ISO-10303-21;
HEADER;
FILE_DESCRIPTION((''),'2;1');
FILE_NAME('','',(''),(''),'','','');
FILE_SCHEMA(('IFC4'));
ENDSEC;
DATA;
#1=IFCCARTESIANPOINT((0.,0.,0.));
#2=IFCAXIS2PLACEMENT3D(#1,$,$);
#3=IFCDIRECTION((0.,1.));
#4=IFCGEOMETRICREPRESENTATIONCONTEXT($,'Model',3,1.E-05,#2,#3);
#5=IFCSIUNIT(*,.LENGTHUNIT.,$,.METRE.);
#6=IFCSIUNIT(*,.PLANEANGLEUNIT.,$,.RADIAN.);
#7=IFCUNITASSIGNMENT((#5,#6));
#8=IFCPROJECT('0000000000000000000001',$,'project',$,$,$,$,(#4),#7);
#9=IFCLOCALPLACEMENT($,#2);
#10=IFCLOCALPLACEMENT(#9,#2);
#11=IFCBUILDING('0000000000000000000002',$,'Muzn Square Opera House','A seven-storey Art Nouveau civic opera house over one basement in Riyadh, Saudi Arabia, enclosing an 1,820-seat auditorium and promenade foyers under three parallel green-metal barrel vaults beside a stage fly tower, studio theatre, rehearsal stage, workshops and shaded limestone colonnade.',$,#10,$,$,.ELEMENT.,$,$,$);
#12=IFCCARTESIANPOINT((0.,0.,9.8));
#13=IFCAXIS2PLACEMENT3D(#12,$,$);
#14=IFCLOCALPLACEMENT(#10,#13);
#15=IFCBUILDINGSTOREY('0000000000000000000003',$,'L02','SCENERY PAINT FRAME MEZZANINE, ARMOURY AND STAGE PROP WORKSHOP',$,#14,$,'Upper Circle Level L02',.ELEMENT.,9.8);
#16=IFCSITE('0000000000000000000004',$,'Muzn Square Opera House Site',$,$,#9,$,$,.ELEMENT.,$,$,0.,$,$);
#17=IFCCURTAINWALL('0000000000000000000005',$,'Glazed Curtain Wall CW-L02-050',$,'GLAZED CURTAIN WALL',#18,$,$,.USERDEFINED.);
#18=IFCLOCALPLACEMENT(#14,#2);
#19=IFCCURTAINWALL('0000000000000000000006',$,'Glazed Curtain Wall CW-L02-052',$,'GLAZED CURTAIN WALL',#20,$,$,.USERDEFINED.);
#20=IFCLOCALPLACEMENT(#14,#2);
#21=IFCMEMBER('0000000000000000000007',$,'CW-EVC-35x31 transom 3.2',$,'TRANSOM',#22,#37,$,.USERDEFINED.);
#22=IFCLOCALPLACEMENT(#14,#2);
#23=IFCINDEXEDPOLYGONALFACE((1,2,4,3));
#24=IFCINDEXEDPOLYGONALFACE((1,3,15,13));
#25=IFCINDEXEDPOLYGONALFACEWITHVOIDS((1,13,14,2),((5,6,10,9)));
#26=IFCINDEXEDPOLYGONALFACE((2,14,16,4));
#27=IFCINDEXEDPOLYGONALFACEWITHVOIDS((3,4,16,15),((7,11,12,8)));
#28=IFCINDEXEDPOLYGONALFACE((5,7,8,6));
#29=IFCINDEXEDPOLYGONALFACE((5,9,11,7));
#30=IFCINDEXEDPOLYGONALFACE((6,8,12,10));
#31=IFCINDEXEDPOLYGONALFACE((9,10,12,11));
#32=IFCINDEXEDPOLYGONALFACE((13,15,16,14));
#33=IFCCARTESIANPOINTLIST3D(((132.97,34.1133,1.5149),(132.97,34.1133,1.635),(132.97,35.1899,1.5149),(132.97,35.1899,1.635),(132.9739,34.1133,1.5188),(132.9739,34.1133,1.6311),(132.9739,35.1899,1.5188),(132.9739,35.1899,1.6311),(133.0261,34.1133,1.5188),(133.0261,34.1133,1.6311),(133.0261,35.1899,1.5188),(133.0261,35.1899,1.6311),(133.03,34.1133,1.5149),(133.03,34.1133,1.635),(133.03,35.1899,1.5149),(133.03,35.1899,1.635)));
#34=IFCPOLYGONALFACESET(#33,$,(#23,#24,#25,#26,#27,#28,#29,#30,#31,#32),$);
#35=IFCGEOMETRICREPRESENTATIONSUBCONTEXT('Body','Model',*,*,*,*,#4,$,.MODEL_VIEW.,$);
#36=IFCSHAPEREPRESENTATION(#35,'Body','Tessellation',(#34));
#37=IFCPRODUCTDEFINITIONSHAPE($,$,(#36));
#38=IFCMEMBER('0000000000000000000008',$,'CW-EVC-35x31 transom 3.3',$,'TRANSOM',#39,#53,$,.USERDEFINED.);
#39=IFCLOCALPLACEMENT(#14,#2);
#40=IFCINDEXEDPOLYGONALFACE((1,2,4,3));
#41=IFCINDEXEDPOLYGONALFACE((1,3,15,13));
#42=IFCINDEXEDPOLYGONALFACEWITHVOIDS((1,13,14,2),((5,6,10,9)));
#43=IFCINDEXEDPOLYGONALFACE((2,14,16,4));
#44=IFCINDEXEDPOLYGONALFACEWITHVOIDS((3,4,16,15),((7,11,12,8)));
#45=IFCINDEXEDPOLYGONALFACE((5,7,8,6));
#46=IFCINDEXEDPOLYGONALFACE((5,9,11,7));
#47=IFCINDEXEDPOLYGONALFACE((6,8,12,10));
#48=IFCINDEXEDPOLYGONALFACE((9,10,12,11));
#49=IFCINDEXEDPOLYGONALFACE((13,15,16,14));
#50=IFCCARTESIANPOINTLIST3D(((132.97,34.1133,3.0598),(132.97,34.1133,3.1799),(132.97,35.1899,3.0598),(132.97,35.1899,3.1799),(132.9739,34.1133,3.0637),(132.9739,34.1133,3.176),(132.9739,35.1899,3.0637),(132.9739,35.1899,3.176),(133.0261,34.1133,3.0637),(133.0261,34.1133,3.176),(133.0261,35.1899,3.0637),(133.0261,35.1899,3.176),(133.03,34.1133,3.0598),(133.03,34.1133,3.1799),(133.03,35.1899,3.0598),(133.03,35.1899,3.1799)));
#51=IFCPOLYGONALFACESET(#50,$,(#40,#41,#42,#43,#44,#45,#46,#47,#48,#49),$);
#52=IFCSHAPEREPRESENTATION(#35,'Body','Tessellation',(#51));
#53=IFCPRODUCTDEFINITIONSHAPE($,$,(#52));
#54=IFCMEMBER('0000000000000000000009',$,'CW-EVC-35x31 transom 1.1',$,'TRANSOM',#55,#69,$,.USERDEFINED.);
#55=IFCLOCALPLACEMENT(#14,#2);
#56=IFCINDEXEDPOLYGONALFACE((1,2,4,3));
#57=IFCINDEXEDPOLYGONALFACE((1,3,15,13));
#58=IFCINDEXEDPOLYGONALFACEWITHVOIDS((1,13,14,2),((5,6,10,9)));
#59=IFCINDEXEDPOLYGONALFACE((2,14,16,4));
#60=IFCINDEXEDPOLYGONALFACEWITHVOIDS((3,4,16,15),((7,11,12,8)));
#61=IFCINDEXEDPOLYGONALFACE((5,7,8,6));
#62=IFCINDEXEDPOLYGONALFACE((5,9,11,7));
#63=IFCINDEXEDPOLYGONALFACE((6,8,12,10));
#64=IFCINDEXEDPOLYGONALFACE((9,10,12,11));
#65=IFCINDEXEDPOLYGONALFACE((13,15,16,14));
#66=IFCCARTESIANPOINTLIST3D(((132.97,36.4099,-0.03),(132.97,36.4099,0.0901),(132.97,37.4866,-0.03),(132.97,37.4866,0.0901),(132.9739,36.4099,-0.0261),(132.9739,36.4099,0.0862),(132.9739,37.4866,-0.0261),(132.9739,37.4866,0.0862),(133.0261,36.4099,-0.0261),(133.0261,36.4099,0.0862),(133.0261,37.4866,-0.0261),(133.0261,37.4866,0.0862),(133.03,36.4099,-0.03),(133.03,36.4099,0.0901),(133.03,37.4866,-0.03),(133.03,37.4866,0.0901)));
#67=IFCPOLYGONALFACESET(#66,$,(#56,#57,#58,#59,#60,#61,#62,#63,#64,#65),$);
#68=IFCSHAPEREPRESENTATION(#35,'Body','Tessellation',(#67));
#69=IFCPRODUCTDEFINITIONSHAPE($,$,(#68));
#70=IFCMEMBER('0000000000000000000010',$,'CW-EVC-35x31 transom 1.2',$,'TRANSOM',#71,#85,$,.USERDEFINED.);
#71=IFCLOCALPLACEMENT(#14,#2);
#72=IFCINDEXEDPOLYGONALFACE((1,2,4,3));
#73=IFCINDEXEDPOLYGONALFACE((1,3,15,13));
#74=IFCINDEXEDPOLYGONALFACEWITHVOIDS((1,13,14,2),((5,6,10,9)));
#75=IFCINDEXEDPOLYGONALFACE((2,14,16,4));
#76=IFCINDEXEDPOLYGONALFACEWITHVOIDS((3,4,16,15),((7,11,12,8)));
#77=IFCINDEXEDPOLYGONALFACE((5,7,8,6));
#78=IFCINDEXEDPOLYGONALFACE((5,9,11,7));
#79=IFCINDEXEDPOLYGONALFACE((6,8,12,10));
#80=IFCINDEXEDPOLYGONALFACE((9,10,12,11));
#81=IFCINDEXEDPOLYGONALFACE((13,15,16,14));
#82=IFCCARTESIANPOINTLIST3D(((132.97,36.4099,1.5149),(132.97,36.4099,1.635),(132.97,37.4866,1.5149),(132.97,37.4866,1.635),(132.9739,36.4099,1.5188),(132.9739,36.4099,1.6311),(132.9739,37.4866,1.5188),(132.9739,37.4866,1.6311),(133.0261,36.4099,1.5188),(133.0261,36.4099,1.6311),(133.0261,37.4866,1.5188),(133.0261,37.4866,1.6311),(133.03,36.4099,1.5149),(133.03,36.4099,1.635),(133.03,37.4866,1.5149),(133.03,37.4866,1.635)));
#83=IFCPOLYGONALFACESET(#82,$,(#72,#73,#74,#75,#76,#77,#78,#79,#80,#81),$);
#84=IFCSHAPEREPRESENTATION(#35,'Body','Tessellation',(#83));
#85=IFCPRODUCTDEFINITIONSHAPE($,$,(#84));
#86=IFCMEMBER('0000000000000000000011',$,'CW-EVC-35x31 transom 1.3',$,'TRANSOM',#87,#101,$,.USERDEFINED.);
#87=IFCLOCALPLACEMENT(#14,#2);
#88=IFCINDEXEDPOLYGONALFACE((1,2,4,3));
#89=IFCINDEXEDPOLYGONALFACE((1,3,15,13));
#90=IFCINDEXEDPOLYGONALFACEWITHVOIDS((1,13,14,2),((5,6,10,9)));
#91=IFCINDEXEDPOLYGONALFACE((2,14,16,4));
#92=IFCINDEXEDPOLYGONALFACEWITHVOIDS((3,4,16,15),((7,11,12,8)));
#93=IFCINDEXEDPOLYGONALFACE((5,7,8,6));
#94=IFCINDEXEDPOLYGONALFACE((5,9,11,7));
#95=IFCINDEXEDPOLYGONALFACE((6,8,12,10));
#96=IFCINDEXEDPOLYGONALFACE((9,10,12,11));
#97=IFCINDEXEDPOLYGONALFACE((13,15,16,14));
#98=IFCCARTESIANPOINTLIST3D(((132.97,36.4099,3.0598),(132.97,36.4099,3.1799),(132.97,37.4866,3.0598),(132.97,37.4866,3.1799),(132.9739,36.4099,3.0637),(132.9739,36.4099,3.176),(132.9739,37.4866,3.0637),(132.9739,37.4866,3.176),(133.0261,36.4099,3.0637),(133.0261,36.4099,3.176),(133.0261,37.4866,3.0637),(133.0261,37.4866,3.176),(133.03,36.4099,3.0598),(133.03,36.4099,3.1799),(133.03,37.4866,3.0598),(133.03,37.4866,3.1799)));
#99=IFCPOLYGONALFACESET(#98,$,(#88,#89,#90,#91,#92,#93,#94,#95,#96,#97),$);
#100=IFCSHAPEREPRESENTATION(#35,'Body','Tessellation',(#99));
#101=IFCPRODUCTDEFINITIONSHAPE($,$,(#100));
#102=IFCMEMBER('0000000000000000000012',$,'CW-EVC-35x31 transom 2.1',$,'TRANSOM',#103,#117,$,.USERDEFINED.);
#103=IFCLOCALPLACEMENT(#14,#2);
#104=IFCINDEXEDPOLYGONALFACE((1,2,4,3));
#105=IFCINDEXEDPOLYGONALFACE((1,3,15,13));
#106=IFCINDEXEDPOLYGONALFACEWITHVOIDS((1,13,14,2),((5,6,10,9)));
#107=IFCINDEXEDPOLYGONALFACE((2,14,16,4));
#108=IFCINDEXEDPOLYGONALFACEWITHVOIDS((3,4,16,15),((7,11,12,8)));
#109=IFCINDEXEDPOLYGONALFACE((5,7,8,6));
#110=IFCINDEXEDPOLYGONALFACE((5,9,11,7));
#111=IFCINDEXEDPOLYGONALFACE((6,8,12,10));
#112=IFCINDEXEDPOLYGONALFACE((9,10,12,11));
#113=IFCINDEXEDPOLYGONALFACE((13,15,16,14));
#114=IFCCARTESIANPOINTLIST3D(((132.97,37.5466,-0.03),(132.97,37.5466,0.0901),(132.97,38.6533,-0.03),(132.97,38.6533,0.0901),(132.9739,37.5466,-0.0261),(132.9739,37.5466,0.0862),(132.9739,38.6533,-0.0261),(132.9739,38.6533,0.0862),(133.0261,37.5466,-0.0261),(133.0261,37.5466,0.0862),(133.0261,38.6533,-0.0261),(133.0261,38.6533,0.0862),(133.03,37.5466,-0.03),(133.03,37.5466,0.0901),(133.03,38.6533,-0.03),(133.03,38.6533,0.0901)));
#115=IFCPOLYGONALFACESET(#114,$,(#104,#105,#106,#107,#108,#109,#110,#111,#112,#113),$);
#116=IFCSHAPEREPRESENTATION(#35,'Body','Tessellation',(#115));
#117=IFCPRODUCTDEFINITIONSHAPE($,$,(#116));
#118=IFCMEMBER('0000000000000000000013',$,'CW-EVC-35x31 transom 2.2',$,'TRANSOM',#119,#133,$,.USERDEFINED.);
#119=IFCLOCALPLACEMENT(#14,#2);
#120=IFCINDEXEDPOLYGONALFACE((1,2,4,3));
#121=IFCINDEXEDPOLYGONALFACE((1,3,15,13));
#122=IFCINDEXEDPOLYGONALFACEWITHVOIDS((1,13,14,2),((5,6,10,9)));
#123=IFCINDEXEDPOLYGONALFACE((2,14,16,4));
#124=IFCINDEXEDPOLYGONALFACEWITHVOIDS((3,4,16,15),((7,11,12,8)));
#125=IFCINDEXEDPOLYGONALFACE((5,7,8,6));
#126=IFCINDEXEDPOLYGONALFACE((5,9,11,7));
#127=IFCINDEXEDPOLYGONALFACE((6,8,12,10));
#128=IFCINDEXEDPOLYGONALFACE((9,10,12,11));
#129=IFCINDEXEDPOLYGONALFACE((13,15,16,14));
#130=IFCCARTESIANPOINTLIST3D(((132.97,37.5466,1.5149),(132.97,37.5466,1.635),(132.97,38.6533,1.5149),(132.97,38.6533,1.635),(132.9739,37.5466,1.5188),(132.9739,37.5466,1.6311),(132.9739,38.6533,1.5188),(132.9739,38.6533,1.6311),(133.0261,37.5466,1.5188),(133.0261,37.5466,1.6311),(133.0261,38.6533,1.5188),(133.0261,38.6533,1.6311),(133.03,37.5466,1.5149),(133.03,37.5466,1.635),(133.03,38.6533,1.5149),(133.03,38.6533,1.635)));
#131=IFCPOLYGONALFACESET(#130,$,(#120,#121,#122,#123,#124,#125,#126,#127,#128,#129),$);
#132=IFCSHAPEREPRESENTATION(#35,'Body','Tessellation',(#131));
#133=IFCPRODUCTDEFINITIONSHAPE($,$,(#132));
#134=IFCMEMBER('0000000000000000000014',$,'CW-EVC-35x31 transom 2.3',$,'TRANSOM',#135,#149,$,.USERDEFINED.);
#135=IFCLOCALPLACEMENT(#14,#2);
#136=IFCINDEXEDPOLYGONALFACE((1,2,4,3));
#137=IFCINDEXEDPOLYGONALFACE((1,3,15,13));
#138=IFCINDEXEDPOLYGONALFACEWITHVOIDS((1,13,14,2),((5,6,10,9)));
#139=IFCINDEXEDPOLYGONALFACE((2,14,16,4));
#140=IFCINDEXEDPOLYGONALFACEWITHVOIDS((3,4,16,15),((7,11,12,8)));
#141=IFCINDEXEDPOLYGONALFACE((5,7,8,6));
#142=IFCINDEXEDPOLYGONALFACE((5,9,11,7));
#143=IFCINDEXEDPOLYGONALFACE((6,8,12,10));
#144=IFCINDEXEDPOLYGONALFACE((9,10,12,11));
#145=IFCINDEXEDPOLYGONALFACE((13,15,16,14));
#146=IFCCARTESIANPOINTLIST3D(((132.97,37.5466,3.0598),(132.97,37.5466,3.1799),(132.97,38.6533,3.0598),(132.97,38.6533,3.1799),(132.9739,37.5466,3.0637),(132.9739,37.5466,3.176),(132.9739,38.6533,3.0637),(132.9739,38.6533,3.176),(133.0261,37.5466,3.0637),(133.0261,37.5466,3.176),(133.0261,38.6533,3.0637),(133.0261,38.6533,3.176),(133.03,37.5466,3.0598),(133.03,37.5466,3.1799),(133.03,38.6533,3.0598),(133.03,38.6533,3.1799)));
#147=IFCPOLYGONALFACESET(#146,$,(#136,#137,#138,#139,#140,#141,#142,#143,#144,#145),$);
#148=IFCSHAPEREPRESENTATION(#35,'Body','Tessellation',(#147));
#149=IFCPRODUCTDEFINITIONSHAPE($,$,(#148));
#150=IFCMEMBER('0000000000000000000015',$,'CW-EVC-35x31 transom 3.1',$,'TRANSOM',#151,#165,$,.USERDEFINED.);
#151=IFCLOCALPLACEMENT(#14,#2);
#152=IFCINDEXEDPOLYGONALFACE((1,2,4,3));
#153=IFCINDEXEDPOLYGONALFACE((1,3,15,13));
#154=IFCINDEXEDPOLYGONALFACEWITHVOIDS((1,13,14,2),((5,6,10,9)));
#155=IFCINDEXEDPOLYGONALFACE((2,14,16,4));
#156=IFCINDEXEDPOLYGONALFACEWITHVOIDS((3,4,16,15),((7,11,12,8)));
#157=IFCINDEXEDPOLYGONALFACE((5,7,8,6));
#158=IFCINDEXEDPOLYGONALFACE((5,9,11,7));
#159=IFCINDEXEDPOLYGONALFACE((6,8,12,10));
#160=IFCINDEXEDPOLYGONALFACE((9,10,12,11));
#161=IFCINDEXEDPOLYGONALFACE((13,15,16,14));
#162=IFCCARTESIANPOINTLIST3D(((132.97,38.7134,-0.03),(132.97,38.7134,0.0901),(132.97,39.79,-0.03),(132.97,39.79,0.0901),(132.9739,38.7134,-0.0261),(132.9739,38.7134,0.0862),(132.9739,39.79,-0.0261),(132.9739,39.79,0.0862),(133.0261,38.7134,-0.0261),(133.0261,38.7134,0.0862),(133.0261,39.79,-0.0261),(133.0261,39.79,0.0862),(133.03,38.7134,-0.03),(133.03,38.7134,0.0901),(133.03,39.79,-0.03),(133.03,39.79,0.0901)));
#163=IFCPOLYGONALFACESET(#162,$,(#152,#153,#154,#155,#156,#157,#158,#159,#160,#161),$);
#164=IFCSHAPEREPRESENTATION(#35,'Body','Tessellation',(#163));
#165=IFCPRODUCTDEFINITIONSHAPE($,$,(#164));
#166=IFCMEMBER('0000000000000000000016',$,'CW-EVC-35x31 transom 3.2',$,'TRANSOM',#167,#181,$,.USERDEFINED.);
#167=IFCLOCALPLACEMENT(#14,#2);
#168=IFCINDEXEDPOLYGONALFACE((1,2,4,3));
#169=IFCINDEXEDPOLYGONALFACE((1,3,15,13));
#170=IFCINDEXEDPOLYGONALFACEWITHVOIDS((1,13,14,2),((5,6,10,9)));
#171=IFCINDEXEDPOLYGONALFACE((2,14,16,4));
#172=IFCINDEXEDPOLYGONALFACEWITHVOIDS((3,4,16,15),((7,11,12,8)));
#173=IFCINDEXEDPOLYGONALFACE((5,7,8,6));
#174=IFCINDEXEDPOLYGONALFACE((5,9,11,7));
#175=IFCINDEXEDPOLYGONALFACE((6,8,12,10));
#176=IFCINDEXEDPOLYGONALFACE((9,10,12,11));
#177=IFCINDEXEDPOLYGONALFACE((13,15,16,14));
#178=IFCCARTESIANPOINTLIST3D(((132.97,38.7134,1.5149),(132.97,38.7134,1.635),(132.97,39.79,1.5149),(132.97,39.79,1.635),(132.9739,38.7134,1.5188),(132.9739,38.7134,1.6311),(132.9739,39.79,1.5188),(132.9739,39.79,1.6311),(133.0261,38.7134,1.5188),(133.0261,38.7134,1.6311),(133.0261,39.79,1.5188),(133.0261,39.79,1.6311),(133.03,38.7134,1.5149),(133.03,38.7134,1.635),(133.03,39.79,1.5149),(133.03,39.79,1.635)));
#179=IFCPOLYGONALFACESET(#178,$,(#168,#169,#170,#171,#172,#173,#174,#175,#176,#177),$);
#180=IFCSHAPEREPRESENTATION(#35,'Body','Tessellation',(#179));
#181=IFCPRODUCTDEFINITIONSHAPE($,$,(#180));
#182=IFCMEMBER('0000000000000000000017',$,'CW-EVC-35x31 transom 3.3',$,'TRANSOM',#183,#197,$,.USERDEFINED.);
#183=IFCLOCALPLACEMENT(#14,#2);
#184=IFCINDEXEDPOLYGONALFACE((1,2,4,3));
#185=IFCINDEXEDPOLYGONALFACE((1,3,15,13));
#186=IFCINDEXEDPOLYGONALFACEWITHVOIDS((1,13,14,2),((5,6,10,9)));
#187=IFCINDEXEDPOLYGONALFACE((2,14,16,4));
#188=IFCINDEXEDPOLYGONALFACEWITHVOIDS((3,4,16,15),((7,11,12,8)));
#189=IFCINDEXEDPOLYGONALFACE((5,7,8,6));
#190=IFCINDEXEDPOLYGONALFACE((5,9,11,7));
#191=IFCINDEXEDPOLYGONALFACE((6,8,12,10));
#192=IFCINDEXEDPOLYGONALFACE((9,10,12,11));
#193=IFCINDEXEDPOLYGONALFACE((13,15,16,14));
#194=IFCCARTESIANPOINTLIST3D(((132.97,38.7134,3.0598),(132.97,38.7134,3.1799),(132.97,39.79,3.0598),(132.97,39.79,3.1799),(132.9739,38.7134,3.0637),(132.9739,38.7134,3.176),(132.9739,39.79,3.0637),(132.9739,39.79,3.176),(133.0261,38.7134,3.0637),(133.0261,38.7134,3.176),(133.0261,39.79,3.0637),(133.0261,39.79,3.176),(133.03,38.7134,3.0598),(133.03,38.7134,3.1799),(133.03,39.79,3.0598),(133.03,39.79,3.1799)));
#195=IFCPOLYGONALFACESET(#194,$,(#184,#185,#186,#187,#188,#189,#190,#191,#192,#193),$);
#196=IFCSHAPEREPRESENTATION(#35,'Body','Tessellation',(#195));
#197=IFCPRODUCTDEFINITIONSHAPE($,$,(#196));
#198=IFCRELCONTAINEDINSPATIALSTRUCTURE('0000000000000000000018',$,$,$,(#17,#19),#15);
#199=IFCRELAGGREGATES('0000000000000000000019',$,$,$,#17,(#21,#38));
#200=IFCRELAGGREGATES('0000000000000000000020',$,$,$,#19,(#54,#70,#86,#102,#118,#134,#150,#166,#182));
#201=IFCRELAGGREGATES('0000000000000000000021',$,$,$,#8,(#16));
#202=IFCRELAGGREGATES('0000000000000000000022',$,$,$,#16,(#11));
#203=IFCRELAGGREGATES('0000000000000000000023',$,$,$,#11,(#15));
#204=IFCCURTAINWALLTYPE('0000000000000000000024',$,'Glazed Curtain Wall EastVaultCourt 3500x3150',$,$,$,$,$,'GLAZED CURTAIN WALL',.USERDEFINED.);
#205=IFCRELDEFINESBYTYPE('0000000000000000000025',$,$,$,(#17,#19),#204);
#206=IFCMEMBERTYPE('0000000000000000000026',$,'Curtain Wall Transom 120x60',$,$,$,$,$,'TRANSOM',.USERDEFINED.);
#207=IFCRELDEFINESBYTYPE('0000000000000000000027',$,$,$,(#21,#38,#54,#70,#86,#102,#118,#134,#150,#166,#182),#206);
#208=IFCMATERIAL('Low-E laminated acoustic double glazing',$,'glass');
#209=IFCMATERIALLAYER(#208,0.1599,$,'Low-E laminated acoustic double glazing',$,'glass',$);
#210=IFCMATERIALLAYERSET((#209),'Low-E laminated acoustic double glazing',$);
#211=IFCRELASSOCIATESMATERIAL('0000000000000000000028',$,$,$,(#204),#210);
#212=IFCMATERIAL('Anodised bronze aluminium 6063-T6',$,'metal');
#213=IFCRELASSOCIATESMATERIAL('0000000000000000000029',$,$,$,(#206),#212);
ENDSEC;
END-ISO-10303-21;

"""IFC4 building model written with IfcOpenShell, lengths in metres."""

from ifc_helpers import new_model, si_unit, direction, frame, origin, origin_2d, place, context, subcontext, project, spatial, hollow_rectangle, extrude, material, layer, layer_set, material_profile, profile_set, type_object, element, aggregate, save


model = new_model("IFC4")

# Units and contexts
model_context = context("Model", 3, precision=1e-05, world=origin(), true_north=direction((0.0, 1.0)))
body_context = subcontext(model_context, "Body", "Model", "MODEL_VIEW")
ifc_project = project(units=[si_unit("LENGTHUNIT", "METRE"), si_unit("PLANEANGLEUNIT", "RADIAN")], contexts=[model_context])

# Site, building, storey
site_placement = place(None, origin())
site = spatial("IfcSite", under=ifc_project, at=site_placement, Name="Muzn Square Opera House Site", CompositionType="ELEMENT", RefElevation=0.0)
building_placement = place(site_placement, origin())
building = spatial("IfcBuilding", under=site, at=building_placement, Name="Muzn Square Opera House", Description="A seven-storey Art Nouveau civic opera house over one basement in Riyadh, Saudi Arabia, enclosing an 1,820-seat auditorium and promenade foyers under three parallel green-metal barrel vaults beside a stage fly tower, studio theatre, rehearsal stage, workshops and shaded limestone colonnade.", CompositionType="ELEMENT")
storey_placement = place(building_placement, frame((0.0, 0.0, 9.8)))
storey = spatial("IfcBuildingStorey", under=building, at=storey_placement, Name="L02", Description="SCENERY PAINT FRAME MEZZANINE, ARMOURY AND STAGE PROP WORKSHOP", LongName="Upper Circle Level L02", CompositionType="ELEMENT", Elevation=9.8)

# Curtain walls
ifc_material_1 = material(Name="Low-E laminated acoustic double glazing", Category="glass")
ifc_layer_1 = layer(ifc_material_1, 0.1599, Name="Low-E laminated acoustic double glazing", Category="glass")
ifc_layer_set_1 = layer_set([ifc_layer_1], Name="Low-E laminated acoustic double glazing")
curtain_wall_type = type_object("IfcCurtainWallType", Name="Glazed Curtain Wall EastVaultCourt 3500x3150", ElementType="GLAZED CURTAIN WALL", PredefinedType="USERDEFINED", material=ifc_layer_set_1)
curtain_wall_1_placement = place(storey_placement, origin())
curtain_wall_1 = element("IfcCurtainWall", 1, at=curtain_wall_1_placement, inside=storey, type_object=curtain_wall_type, Name="Glazed Curtain Wall CW-L02-050", ObjectType="GLAZED CURTAIN WALL", PredefinedType="USERDEFINED")
ifc_material_2 = material(Name="Anodised bronze aluminium 6063-T6", Category="metal")
curtain_wall_2_placement = place(storey_placement, origin())
curtain_wall_2 = element("IfcCurtainWall", 2, at=curtain_wall_2_placement, inside=storey, type_object=curtain_wall_type, Name="Glazed Curtain Wall CW-L02-052", ObjectType="GLAZED CURTAIN WALL", PredefinedType="USERDEFINED")

# Members
ifc_material_profile_1 = material_profile(ifc_material_2, hollow_rectangle(XDim=0.0601, YDim=0.1201, WallThickness=0.0039, at=origin_2d()), Name="ALU 120x60x4", Category="metal")
ifc_profile_set_1 = profile_set([ifc_material_profile_1], Name="Anodised bronze aluminium 6063-T6")
member_type_1 = type_object("IfcMemberType", Name="Curtain Wall Transom 120x60", ElementType="TRANSOM", PredefinedType="USERDEFINED", material=ifc_profile_set_1)
member_1_placement = place(storey_placement, frame((133.0, 34.1133, 1.575), z_axis=(0.0, 1.0, 0.0), x_axis=(-1.0, 0.0, 0.0)))
member_1 = element("IfcMember", 3, at=member_1_placement, type_object=member_type_1, Name="CW-EVC-35x31 transom 3.2", ObjectType="TRANSOM", PredefinedType="USERDEFINED", context=body_context, shape_type="SweptSolid", body=[
    extrude(hollow_rectangle(XDim=0.0601, YDim=0.1201, WallThickness=0.0039, at=origin_2d()), origin(), (0.0, 0.0, 1.0), 1.0767),
])
member_2_placement = place(storey_placement, frame((133.0, 34.1133, 3.1199), z_axis=(0.0, 1.0, 0.0), x_axis=(-1.0, 0.0, 0.0)))
member_2 = element("IfcMember", 4, at=member_2_placement, type_object=member_type_1, Name="CW-EVC-35x31 transom 3.3", ObjectType="TRANSOM", PredefinedType="USERDEFINED", context=body_context, shape_type="SweptSolid", body=[
    extrude(hollow_rectangle(XDim=0.0601, YDim=0.1201, WallThickness=0.0039, at=origin_2d()), origin(), (0.0, 0.0, 1.0), 1.0767),
])
member_3_placement = place(storey_placement, frame((133.0, 36.4099, 0.03), z_axis=(0.0, 1.0, 0.0), x_axis=(-1.0, 0.0, 0.0)))
member_3 = element("IfcMember", 5, at=member_3_placement, type_object=member_type_1, Name="CW-EVC-35x31 transom 1.1", ObjectType="TRANSOM", PredefinedType="USERDEFINED", context=body_context, shape_type="SweptSolid", body=[
    extrude(hollow_rectangle(XDim=0.0601, YDim=0.1201, WallThickness=0.0039, at=origin_2d()), origin(), (0.0, 0.0, 1.0), 1.0767),
])
member_4_placement = place(storey_placement, frame((133.0, 36.4099, 1.575), z_axis=(0.0, 1.0, 0.0), x_axis=(-1.0, 0.0, 0.0)))
member_4 = element("IfcMember", 6, at=member_4_placement, type_object=member_type_1, Name="CW-EVC-35x31 transom 1.2", ObjectType="TRANSOM", PredefinedType="USERDEFINED", context=body_context, shape_type="SweptSolid", body=[
    extrude(hollow_rectangle(XDim=0.0601, YDim=0.1201, WallThickness=0.0039, at=origin_2d()), origin(), (0.0, 0.0, 1.0), 1.0767),
])
member_5_placement = place(storey_placement, frame((133.0, 36.4099, 3.1199), z_axis=(0.0, 1.0, 0.0), x_axis=(-1.0, 0.0, 0.0)))
member_5 = element("IfcMember", 7, at=member_5_placement, type_object=member_type_1, Name="CW-EVC-35x31 transom 1.3", ObjectType="TRANSOM", PredefinedType="USERDEFINED", context=body_context, shape_type="SweptSolid", body=[
    extrude(hollow_rectangle(XDim=0.0601, YDim=0.1201, WallThickness=0.0039, at=origin_2d()), origin(), (0.0, 0.0, 1.0), 1.0767),
])
member_6_placement = place(storey_placement, frame((133.0, 37.5466, 0.03), z_axis=(0.0, 1.0, 0.0), x_axis=(-1.0, 0.0, 0.0)))
member_6 = element("IfcMember", 8, at=member_6_placement, type_object=member_type_1, Name="CW-EVC-35x31 transom 2.1", ObjectType="TRANSOM", PredefinedType="USERDEFINED", context=body_context, shape_type="SweptSolid", body=[
    extrude(hollow_rectangle(XDim=0.0601, YDim=0.1201, WallThickness=0.0039, at=origin_2d()), origin(), (0.0, 0.0, 1.0), 1.1067),
])
member_7_placement = place(storey_placement, frame((133.0, 37.5466, 1.575), z_axis=(0.0, 1.0, 0.0), x_axis=(-1.0, 0.0, 0.0)))
member_7 = element("IfcMember", 9, at=member_7_placement, type_object=member_type_1, Name="CW-EVC-35x31 transom 2.2", ObjectType="TRANSOM", PredefinedType="USERDEFINED", context=body_context, shape_type="SweptSolid", body=[
    extrude(hollow_rectangle(XDim=0.0601, YDim=0.1201, WallThickness=0.0039, at=origin_2d()), origin(), (0.0, 0.0, 1.0), 1.1067),
])
member_8_placement = place(storey_placement, frame((133.0, 37.5466, 3.1199), z_axis=(0.0, 1.0, 0.0), x_axis=(-1.0, 0.0, 0.0)))
member_8 = element("IfcMember", 10, at=member_8_placement, type_object=member_type_1, Name="CW-EVC-35x31 transom 2.3", ObjectType="TRANSOM", PredefinedType="USERDEFINED", context=body_context, shape_type="SweptSolid", body=[
    extrude(hollow_rectangle(XDim=0.0601, YDim=0.1201, WallThickness=0.0039, at=origin_2d()), origin(), (0.0, 0.0, 1.0), 1.1067),
])
member_9_placement = place(storey_placement, frame((133.0, 38.7134, 0.03), z_axis=(0.0, 1.0, 0.0), x_axis=(-1.0, 0.0, 0.0)))
member_9 = element("IfcMember", 11, at=member_9_placement, type_object=member_type_1, Name="CW-EVC-35x31 transom 3.1", ObjectType="TRANSOM", PredefinedType="USERDEFINED", context=body_context, shape_type="SweptSolid", body=[
    extrude(hollow_rectangle(XDim=0.0601, YDim=0.1201, WallThickness=0.0039, at=origin_2d()), origin(), (0.0, 0.0, 1.0), 1.0767),
])
member_10_placement = place(storey_placement, frame((133.0, 38.7134, 1.575), z_axis=(0.0, 1.0, 0.0), x_axis=(-1.0, 0.0, 0.0)))
member_10 = element("IfcMember", 12, at=member_10_placement, type_object=member_type_1, Name="CW-EVC-35x31 transom 3.2", ObjectType="TRANSOM", PredefinedType="USERDEFINED", context=body_context, shape_type="SweptSolid", body=[
    extrude(hollow_rectangle(XDim=0.0601, YDim=0.1201, WallThickness=0.0039, at=origin_2d()), origin(), (0.0, 0.0, 1.0), 1.0767),
])
member_11_placement = place(storey_placement, frame((133.0, 38.7134, 3.1199), z_axis=(0.0, 1.0, 0.0), x_axis=(-1.0, 0.0, 0.0)))
member_11 = element("IfcMember", 13, at=member_11_placement, type_object=member_type_1, Name="CW-EVC-35x31 transom 3.3", ObjectType="TRANSOM", PredefinedType="USERDEFINED", context=body_context, shape_type="SweptSolid", body=[
    extrude(hollow_rectangle(XDim=0.0601, YDim=0.1201, WallThickness=0.0039, at=origin_2d()), origin(), (0.0, 0.0, 1.0), 1.0767),
])

aggregate(curtain_wall_1, [member_1, member_2])
aggregate(curtain_wall_2, [member_3, member_4, member_5, member_6, member_7, member_8, member_9, member_10, member_11])

save(model, "model.ifc")
